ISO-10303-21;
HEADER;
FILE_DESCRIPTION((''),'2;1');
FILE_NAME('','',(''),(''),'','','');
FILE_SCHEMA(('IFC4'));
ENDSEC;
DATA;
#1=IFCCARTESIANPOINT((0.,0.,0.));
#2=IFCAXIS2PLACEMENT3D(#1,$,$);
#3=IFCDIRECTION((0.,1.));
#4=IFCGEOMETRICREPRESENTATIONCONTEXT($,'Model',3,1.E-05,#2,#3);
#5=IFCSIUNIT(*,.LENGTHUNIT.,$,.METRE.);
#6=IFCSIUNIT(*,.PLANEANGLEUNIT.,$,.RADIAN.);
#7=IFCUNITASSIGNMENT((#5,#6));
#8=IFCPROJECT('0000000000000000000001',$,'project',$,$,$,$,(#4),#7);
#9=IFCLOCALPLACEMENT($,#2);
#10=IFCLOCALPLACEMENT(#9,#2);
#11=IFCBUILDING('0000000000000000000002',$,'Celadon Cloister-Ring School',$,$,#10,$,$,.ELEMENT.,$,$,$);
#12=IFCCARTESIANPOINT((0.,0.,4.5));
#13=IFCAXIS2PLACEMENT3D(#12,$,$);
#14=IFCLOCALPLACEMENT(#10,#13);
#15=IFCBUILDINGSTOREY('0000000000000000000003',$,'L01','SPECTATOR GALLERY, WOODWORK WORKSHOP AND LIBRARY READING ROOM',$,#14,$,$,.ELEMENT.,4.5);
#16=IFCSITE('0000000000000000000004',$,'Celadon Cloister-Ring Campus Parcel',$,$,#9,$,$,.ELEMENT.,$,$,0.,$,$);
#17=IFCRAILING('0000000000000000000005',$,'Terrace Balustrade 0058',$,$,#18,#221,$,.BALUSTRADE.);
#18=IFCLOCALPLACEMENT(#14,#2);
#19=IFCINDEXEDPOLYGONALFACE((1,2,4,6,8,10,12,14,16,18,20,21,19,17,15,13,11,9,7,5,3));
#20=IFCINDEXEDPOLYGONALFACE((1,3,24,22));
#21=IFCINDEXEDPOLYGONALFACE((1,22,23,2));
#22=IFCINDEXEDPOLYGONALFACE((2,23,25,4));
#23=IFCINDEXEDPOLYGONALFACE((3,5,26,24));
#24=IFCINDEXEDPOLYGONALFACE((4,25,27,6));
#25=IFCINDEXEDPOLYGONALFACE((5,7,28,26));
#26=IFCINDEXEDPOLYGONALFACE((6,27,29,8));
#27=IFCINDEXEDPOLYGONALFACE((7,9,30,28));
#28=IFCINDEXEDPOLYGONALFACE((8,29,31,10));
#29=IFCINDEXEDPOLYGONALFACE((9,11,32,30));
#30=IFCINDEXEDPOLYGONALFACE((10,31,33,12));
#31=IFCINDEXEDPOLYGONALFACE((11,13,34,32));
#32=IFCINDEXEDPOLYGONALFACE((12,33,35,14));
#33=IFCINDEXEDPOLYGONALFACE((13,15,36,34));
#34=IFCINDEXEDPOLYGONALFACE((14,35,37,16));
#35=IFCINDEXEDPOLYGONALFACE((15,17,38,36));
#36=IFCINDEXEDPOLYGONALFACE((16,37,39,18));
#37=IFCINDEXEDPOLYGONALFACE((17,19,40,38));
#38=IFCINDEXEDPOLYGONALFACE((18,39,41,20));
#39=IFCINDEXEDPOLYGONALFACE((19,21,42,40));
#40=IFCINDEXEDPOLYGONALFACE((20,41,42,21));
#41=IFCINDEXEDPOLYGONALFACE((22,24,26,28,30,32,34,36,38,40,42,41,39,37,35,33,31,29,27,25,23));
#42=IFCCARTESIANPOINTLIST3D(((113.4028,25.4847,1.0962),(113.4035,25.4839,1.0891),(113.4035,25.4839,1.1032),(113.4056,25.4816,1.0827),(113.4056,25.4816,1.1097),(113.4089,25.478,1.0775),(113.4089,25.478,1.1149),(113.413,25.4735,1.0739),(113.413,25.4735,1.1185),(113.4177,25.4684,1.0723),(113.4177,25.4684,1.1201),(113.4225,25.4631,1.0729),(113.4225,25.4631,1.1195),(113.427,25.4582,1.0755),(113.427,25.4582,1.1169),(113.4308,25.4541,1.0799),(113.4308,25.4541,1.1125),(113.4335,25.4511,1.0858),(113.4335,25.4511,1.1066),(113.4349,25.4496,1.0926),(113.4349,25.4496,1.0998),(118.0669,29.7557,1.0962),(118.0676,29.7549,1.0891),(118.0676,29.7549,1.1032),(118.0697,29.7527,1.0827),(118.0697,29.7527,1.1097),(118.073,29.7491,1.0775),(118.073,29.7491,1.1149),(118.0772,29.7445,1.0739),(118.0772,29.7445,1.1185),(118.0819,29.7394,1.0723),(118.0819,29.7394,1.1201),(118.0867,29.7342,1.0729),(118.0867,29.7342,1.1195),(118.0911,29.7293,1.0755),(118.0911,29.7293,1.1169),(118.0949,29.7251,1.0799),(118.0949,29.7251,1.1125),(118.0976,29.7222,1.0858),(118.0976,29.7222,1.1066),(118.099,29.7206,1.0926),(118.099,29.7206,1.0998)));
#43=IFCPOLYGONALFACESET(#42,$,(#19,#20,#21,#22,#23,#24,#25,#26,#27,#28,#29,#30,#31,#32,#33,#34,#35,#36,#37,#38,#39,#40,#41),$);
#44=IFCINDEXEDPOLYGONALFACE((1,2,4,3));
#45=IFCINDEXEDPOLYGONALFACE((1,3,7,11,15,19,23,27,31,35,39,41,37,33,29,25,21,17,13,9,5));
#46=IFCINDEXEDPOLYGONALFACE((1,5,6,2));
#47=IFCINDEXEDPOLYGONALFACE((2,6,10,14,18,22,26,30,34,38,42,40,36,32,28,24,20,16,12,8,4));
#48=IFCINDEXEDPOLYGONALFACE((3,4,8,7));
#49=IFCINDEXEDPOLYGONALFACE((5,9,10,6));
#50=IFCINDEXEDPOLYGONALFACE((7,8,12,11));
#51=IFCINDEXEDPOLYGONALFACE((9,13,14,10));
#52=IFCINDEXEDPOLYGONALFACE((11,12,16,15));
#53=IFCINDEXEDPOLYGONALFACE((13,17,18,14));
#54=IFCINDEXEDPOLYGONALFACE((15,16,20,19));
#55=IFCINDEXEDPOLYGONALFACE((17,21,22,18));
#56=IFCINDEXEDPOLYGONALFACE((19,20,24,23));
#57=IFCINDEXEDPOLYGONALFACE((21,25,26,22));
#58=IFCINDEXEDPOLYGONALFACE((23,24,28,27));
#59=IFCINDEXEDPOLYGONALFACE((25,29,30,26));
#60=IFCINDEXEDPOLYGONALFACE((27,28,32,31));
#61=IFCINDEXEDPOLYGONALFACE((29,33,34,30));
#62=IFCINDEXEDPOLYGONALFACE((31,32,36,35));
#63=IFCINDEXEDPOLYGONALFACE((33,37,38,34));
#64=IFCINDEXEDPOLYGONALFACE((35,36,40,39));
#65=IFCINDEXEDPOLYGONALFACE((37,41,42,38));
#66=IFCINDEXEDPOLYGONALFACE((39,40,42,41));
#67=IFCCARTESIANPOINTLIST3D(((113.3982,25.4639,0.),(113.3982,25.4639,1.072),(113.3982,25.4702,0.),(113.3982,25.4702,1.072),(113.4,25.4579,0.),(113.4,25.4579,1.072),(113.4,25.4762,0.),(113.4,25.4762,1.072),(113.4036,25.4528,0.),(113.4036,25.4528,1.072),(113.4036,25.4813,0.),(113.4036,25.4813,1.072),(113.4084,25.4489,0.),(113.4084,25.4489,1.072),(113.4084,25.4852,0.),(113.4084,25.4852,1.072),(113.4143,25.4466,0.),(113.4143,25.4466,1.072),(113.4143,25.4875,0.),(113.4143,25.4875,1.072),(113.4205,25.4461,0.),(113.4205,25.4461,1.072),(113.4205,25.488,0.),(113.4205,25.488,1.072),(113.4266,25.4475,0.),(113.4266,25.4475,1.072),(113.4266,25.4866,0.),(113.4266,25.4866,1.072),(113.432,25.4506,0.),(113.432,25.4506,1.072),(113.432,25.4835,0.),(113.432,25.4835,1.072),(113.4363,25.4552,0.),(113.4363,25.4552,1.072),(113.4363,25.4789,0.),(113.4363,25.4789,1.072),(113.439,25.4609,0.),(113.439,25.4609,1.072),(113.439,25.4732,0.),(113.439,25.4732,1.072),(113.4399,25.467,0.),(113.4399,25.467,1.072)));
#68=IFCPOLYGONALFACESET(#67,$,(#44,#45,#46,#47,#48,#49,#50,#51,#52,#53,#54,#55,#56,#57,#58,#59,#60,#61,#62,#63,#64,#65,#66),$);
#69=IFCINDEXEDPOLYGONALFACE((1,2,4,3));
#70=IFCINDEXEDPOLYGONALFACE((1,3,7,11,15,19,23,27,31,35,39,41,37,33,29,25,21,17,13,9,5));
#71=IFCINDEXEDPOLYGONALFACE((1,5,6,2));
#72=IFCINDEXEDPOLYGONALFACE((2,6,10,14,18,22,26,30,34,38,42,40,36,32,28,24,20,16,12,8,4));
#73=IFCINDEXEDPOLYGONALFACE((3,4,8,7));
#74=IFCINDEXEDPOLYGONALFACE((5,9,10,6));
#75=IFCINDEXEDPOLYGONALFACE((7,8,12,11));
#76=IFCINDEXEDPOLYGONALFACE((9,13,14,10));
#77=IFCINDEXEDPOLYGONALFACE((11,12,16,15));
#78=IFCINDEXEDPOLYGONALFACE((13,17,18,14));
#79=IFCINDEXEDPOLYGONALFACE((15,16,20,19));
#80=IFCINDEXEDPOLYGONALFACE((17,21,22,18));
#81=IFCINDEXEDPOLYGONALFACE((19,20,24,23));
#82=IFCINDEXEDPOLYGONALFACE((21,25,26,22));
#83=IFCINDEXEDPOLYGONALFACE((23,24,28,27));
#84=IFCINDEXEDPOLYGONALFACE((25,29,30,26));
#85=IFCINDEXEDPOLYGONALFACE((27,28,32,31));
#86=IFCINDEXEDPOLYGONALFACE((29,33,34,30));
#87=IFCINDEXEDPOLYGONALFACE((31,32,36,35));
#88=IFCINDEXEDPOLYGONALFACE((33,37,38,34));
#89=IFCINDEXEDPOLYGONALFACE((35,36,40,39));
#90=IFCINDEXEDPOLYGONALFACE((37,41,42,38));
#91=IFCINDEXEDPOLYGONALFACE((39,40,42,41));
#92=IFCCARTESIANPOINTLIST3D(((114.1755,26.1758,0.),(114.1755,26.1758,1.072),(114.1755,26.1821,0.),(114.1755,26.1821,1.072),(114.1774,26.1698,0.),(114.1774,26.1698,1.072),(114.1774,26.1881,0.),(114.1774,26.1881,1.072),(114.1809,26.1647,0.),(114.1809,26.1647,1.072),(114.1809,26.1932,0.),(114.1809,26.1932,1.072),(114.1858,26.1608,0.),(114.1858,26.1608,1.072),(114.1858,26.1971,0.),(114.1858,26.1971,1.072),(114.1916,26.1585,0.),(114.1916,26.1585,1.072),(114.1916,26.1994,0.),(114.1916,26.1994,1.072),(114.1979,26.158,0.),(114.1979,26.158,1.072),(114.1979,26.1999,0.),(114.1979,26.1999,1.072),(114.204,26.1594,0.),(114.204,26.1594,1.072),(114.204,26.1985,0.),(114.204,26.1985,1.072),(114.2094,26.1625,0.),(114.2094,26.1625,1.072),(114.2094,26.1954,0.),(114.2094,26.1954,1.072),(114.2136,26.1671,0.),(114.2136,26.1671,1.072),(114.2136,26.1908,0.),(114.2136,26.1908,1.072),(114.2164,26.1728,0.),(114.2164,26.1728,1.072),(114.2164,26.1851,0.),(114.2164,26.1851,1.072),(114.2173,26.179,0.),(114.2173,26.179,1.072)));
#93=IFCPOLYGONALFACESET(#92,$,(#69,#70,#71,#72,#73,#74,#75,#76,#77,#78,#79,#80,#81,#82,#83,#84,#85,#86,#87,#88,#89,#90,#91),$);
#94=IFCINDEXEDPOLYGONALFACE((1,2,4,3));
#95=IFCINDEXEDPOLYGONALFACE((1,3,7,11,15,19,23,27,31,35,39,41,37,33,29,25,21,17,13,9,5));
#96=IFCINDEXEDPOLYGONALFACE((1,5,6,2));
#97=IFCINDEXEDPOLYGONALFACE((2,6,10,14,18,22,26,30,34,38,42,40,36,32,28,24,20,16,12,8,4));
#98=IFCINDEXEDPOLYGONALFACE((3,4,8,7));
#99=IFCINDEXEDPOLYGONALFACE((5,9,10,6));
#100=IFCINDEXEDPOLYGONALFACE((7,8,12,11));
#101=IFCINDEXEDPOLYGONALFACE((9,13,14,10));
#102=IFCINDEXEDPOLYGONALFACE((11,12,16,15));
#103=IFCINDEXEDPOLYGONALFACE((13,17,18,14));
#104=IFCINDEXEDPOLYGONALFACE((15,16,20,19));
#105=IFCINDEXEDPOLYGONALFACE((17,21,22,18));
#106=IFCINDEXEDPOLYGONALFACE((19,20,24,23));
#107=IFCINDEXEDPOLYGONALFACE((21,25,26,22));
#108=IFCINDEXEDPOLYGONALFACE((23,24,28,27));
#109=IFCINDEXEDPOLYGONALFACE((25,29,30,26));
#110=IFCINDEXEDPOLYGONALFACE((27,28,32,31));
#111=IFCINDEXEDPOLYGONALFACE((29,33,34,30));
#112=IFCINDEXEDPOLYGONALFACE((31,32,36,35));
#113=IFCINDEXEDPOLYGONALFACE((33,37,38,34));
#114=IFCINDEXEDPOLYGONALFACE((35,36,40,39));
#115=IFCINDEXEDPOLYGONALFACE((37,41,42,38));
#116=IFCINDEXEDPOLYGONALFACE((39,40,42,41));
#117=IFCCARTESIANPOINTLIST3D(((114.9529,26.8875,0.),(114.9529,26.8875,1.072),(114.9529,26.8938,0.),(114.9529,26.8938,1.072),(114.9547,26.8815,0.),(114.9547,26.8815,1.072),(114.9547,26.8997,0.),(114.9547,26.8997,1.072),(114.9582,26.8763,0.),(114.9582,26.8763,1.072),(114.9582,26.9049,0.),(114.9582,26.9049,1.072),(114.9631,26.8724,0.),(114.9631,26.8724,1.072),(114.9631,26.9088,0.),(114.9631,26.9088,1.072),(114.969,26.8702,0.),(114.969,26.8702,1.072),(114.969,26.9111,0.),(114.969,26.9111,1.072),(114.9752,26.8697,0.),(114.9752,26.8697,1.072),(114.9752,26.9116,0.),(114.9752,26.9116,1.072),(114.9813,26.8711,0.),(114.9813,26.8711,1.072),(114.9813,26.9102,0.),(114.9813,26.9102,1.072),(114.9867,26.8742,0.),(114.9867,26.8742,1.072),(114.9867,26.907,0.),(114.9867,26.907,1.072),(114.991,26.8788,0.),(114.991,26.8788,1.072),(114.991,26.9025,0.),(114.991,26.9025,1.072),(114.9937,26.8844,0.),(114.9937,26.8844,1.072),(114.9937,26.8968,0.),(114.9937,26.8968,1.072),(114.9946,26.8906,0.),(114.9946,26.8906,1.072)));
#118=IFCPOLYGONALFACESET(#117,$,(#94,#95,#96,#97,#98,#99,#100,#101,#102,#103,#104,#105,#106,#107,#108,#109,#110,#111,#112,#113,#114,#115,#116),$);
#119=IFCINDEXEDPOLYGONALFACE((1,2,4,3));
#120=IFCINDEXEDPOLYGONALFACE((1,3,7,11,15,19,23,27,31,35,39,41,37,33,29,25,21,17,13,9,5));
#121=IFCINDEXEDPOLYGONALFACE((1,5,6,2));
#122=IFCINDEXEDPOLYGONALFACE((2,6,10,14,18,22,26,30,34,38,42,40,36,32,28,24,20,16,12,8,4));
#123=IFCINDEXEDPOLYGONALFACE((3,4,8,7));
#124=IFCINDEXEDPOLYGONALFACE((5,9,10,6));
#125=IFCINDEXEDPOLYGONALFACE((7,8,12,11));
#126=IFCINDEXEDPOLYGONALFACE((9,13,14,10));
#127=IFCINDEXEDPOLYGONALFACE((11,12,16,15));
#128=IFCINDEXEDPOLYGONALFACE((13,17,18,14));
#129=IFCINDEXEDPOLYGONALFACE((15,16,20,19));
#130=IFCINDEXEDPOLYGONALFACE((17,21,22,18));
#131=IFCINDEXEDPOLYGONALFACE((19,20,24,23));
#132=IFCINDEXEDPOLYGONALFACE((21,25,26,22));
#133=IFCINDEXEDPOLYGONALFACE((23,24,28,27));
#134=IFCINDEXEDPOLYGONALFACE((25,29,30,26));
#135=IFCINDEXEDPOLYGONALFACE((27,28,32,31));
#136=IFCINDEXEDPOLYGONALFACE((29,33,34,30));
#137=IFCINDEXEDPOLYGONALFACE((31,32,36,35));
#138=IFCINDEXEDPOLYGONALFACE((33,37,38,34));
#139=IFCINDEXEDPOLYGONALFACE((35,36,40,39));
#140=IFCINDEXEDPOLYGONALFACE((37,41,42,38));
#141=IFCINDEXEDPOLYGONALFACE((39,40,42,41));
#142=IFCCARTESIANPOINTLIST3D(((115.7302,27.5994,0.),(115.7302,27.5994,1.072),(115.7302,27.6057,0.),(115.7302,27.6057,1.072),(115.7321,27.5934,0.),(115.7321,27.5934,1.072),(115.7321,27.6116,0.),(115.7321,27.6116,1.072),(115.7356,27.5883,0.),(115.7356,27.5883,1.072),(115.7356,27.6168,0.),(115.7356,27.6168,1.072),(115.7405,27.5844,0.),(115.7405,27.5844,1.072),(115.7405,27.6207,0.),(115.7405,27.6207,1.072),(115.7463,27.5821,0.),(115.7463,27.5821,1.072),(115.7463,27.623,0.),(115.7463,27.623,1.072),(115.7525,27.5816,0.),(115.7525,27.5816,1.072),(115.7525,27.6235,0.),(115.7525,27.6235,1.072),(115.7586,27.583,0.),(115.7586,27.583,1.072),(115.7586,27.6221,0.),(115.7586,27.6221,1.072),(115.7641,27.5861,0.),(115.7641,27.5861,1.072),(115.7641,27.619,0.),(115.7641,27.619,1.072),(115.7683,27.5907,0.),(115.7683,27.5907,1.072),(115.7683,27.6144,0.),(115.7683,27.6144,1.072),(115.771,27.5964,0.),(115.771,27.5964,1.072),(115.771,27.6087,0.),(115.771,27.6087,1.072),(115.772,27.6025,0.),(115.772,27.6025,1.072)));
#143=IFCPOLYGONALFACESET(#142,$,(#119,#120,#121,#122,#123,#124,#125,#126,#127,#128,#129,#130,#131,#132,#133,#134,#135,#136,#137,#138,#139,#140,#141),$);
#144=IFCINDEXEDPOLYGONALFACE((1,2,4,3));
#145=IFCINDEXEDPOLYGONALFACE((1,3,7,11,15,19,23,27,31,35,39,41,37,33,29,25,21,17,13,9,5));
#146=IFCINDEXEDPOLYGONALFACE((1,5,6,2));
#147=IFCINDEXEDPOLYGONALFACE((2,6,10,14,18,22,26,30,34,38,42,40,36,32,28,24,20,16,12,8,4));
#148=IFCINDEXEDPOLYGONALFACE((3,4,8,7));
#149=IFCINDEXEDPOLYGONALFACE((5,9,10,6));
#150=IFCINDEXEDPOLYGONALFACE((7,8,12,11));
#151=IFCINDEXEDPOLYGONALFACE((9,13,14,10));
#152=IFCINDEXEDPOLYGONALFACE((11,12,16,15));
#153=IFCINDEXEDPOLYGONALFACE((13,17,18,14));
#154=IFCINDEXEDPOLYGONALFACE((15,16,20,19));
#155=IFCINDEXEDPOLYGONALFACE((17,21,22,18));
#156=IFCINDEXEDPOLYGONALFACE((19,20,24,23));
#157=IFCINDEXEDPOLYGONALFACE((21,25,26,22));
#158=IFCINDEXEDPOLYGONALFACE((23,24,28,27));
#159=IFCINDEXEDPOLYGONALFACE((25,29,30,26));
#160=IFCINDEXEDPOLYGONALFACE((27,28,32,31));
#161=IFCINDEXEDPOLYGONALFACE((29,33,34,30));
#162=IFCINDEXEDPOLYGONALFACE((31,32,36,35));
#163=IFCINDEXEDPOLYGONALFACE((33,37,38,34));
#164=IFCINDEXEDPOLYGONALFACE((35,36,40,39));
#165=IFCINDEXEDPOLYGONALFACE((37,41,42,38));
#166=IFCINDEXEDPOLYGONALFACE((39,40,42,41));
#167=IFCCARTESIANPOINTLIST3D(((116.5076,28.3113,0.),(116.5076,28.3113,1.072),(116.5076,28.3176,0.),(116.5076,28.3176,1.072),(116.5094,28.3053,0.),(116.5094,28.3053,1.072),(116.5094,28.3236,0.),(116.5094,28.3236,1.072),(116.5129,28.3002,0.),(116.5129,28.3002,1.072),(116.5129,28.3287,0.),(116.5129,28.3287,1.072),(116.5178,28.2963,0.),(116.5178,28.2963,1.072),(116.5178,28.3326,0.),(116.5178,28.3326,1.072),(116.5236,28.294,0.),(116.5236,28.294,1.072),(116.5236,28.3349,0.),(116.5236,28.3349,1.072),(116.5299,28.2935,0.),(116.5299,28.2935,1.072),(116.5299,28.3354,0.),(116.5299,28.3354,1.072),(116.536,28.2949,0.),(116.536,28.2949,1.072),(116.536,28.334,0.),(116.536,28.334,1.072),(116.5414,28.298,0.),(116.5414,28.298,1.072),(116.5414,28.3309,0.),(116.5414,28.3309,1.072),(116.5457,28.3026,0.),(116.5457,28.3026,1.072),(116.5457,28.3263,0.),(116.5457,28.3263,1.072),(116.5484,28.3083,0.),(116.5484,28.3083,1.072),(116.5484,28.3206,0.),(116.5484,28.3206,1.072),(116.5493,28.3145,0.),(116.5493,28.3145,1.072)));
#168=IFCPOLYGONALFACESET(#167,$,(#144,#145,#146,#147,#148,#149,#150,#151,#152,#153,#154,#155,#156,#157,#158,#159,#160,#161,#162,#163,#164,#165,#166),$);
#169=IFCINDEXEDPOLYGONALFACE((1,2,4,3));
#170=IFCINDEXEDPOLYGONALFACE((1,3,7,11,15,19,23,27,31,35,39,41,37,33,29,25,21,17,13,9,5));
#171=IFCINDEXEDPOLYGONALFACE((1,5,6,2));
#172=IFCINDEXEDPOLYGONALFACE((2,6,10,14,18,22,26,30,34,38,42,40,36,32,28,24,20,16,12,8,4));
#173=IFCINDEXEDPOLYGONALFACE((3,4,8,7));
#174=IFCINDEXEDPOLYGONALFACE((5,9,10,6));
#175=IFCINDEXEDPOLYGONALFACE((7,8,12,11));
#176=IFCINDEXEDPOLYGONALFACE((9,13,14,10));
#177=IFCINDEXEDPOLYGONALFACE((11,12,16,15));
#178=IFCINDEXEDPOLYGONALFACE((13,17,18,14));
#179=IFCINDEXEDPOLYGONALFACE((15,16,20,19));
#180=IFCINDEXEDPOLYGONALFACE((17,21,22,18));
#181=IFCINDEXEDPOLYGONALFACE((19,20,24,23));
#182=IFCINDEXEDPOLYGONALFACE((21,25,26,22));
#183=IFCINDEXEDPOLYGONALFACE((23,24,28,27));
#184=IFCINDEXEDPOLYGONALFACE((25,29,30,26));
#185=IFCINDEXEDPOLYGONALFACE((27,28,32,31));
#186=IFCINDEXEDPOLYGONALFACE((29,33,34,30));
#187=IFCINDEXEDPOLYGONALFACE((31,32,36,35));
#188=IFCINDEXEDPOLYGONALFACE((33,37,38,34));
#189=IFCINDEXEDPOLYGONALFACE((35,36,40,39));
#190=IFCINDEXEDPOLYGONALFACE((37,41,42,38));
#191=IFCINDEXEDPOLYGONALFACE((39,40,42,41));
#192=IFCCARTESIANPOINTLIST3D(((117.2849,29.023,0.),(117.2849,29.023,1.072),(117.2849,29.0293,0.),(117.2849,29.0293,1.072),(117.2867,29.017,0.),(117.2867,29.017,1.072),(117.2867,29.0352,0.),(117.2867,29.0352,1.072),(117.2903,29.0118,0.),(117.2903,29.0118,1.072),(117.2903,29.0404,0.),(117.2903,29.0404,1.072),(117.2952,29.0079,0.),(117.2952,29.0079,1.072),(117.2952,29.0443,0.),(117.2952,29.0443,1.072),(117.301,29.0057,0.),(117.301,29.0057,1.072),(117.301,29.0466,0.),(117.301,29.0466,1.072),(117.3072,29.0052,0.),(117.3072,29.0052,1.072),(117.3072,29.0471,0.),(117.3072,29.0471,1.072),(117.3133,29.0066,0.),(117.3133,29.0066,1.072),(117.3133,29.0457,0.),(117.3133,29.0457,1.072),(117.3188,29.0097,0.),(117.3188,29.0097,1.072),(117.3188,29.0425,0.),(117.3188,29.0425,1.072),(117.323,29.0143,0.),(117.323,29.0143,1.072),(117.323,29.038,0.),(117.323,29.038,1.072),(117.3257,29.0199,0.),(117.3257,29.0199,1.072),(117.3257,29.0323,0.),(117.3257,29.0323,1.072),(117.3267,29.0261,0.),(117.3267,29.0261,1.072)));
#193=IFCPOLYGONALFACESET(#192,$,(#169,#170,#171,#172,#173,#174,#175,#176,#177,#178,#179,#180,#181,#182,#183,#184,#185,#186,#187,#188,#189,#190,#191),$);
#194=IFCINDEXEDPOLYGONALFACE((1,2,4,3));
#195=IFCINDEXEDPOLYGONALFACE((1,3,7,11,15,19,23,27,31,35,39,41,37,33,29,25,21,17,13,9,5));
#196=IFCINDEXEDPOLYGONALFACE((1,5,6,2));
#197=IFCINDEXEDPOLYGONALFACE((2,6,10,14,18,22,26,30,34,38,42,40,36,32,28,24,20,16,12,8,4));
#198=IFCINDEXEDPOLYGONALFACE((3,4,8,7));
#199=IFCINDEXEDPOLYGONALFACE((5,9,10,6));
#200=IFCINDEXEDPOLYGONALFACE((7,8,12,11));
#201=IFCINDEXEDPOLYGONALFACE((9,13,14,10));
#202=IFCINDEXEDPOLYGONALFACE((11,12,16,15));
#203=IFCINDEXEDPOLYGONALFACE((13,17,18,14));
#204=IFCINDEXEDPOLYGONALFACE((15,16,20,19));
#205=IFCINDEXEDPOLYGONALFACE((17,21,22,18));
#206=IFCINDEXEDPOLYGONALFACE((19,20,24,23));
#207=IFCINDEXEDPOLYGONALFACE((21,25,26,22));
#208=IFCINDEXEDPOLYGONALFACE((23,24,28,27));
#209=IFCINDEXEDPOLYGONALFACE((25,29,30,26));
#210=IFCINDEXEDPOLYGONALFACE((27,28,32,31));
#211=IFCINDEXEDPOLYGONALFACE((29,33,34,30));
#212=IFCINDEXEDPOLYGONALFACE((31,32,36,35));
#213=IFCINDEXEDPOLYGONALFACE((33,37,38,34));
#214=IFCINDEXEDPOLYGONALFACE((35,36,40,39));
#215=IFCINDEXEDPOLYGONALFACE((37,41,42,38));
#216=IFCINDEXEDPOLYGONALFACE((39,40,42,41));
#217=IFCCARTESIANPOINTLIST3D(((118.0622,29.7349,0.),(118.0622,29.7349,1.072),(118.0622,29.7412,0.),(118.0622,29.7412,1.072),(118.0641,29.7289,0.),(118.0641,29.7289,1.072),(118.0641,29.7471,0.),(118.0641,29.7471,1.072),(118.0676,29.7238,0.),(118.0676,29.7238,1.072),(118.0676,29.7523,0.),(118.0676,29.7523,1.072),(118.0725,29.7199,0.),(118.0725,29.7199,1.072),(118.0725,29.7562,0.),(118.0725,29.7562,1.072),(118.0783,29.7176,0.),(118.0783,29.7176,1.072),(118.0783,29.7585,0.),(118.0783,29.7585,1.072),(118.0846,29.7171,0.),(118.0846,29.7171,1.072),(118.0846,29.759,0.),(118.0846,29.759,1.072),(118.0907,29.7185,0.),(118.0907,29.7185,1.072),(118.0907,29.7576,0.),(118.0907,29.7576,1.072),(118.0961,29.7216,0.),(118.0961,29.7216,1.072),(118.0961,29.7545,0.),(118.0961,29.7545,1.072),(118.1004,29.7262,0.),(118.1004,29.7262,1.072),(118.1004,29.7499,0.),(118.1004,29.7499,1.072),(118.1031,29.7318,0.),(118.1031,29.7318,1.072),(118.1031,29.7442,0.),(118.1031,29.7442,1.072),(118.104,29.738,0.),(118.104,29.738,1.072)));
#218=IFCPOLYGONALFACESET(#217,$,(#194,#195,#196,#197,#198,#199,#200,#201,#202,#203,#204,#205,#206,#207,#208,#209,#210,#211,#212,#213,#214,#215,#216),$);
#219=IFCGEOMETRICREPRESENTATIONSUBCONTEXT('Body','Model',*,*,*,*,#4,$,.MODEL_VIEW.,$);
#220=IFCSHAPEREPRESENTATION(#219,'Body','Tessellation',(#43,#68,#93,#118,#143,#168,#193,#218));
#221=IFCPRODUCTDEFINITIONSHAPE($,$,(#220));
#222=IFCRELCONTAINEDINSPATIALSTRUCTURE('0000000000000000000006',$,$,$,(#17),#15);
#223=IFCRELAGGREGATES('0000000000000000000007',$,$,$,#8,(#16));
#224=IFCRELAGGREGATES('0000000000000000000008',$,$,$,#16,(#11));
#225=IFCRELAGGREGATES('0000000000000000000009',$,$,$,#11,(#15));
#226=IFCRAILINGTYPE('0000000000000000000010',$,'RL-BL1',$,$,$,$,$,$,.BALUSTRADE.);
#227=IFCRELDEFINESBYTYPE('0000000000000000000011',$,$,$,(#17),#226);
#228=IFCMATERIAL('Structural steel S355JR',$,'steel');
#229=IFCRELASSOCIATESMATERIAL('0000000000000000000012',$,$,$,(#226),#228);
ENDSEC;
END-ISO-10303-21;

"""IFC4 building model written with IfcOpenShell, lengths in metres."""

from ifc_helpers import new_model, si_unit, direction, frame, origin, origin_2d, place, context, subcontext, project, spatial, circle, extrude, material, type_object, element, save


model = new_model("IFC4")

# Units and contexts
model_context = context("Model", 3, precision=1e-05, world=origin(), true_north=direction((0.0, 1.0)))
body_context = subcontext(model_context, "Body", "Model", "MODEL_VIEW")
ifc_project = project(units=[si_unit("LENGTHUNIT", "METRE"), si_unit("PLANEANGLEUNIT", "RADIAN")], contexts=[model_context])

# Site, building, storey
site_placement = place(None, origin())
site = spatial("IfcSite", under=ifc_project, at=site_placement, Name="Celadon Cloister-Ring Campus Parcel", CompositionType="ELEMENT", RefElevation=0.0)
building_placement = place(site_placement, origin())
building = spatial("IfcBuilding", under=site, at=building_placement, Name="Celadon Cloister-Ring School", CompositionType="ELEMENT")
storey_placement = place(building_placement, frame((0.0, 0.0, 4.5)))
storey = spatial("IfcBuildingStorey", under=building, at=storey_placement, Name="L01", Description="SPECTATOR GALLERY, WOODWORK WORKSHOP AND LIBRARY READING ROOM", CompositionType="ELEMENT", Elevation=4.5)

# Railing
ifc_material_1 = material(Name="Structural steel S355JR", Category="steel")
railing_type = type_object("IfcRailingType", Name="RL-BL1", PredefinedType="BALUSTRADE", material=ifc_material_1)
railing_1_placement = place(storey_placement, frame((113.4189, 25.467, 0.0)))
element("IfcRailing", 1, at=railing_1_placement, inside=storey, type_object=railing_type, Name="Terrace Balustrade 0058", PredefinedType="BALUSTRADE", context=body_context, shape_type="SweptSolid", body=[
    extrude(circle(Radius=0.0239, at=origin_2d()), frame((0.0, 0.0, 1.0962), z_axis=(0.7375, 0.675347, 0.0), x_axis=(-0.675347, 0.7375, 0.0)), (0.0, 0.0, 1.0), 6.3242),
    extrude(circle(Radius=0.021, at=origin_2d()), origin(), (0.0, 0.0, 1.0), 1.072),
    extrude(circle(Radius=0.021, at=origin_2d()), frame((0.7773, 0.7119, 0.0)), (0.0, 0.0, 1.0), 1.072),
    extrude(circle(Radius=0.021, at=origin_2d()), frame((1.5547, 1.4236, 0.0)), (0.0, 0.0, 1.0), 1.072),
    extrude(circle(Radius=0.021, at=origin_2d()), frame((2.332, 2.1355, 0.0)), (0.0, 0.0, 1.0), 1.072),
    extrude(circle(Radius=0.021, at=origin_2d()), frame((3.1094, 2.8474, 0.0)), (0.0, 0.0, 1.0), 1.072),
    extrude(circle(Radius=0.021, at=origin_2d()), frame((3.8867, 3.5591, 0.0)), (0.0, 0.0, 1.0), 1.072),
    extrude(circle(Radius=0.021, at=origin_2d()), frame((4.6641, 4.271, 0.0)), (0.0, 0.0, 1.0), 1.072),
])

save(model, "model.ifc")
